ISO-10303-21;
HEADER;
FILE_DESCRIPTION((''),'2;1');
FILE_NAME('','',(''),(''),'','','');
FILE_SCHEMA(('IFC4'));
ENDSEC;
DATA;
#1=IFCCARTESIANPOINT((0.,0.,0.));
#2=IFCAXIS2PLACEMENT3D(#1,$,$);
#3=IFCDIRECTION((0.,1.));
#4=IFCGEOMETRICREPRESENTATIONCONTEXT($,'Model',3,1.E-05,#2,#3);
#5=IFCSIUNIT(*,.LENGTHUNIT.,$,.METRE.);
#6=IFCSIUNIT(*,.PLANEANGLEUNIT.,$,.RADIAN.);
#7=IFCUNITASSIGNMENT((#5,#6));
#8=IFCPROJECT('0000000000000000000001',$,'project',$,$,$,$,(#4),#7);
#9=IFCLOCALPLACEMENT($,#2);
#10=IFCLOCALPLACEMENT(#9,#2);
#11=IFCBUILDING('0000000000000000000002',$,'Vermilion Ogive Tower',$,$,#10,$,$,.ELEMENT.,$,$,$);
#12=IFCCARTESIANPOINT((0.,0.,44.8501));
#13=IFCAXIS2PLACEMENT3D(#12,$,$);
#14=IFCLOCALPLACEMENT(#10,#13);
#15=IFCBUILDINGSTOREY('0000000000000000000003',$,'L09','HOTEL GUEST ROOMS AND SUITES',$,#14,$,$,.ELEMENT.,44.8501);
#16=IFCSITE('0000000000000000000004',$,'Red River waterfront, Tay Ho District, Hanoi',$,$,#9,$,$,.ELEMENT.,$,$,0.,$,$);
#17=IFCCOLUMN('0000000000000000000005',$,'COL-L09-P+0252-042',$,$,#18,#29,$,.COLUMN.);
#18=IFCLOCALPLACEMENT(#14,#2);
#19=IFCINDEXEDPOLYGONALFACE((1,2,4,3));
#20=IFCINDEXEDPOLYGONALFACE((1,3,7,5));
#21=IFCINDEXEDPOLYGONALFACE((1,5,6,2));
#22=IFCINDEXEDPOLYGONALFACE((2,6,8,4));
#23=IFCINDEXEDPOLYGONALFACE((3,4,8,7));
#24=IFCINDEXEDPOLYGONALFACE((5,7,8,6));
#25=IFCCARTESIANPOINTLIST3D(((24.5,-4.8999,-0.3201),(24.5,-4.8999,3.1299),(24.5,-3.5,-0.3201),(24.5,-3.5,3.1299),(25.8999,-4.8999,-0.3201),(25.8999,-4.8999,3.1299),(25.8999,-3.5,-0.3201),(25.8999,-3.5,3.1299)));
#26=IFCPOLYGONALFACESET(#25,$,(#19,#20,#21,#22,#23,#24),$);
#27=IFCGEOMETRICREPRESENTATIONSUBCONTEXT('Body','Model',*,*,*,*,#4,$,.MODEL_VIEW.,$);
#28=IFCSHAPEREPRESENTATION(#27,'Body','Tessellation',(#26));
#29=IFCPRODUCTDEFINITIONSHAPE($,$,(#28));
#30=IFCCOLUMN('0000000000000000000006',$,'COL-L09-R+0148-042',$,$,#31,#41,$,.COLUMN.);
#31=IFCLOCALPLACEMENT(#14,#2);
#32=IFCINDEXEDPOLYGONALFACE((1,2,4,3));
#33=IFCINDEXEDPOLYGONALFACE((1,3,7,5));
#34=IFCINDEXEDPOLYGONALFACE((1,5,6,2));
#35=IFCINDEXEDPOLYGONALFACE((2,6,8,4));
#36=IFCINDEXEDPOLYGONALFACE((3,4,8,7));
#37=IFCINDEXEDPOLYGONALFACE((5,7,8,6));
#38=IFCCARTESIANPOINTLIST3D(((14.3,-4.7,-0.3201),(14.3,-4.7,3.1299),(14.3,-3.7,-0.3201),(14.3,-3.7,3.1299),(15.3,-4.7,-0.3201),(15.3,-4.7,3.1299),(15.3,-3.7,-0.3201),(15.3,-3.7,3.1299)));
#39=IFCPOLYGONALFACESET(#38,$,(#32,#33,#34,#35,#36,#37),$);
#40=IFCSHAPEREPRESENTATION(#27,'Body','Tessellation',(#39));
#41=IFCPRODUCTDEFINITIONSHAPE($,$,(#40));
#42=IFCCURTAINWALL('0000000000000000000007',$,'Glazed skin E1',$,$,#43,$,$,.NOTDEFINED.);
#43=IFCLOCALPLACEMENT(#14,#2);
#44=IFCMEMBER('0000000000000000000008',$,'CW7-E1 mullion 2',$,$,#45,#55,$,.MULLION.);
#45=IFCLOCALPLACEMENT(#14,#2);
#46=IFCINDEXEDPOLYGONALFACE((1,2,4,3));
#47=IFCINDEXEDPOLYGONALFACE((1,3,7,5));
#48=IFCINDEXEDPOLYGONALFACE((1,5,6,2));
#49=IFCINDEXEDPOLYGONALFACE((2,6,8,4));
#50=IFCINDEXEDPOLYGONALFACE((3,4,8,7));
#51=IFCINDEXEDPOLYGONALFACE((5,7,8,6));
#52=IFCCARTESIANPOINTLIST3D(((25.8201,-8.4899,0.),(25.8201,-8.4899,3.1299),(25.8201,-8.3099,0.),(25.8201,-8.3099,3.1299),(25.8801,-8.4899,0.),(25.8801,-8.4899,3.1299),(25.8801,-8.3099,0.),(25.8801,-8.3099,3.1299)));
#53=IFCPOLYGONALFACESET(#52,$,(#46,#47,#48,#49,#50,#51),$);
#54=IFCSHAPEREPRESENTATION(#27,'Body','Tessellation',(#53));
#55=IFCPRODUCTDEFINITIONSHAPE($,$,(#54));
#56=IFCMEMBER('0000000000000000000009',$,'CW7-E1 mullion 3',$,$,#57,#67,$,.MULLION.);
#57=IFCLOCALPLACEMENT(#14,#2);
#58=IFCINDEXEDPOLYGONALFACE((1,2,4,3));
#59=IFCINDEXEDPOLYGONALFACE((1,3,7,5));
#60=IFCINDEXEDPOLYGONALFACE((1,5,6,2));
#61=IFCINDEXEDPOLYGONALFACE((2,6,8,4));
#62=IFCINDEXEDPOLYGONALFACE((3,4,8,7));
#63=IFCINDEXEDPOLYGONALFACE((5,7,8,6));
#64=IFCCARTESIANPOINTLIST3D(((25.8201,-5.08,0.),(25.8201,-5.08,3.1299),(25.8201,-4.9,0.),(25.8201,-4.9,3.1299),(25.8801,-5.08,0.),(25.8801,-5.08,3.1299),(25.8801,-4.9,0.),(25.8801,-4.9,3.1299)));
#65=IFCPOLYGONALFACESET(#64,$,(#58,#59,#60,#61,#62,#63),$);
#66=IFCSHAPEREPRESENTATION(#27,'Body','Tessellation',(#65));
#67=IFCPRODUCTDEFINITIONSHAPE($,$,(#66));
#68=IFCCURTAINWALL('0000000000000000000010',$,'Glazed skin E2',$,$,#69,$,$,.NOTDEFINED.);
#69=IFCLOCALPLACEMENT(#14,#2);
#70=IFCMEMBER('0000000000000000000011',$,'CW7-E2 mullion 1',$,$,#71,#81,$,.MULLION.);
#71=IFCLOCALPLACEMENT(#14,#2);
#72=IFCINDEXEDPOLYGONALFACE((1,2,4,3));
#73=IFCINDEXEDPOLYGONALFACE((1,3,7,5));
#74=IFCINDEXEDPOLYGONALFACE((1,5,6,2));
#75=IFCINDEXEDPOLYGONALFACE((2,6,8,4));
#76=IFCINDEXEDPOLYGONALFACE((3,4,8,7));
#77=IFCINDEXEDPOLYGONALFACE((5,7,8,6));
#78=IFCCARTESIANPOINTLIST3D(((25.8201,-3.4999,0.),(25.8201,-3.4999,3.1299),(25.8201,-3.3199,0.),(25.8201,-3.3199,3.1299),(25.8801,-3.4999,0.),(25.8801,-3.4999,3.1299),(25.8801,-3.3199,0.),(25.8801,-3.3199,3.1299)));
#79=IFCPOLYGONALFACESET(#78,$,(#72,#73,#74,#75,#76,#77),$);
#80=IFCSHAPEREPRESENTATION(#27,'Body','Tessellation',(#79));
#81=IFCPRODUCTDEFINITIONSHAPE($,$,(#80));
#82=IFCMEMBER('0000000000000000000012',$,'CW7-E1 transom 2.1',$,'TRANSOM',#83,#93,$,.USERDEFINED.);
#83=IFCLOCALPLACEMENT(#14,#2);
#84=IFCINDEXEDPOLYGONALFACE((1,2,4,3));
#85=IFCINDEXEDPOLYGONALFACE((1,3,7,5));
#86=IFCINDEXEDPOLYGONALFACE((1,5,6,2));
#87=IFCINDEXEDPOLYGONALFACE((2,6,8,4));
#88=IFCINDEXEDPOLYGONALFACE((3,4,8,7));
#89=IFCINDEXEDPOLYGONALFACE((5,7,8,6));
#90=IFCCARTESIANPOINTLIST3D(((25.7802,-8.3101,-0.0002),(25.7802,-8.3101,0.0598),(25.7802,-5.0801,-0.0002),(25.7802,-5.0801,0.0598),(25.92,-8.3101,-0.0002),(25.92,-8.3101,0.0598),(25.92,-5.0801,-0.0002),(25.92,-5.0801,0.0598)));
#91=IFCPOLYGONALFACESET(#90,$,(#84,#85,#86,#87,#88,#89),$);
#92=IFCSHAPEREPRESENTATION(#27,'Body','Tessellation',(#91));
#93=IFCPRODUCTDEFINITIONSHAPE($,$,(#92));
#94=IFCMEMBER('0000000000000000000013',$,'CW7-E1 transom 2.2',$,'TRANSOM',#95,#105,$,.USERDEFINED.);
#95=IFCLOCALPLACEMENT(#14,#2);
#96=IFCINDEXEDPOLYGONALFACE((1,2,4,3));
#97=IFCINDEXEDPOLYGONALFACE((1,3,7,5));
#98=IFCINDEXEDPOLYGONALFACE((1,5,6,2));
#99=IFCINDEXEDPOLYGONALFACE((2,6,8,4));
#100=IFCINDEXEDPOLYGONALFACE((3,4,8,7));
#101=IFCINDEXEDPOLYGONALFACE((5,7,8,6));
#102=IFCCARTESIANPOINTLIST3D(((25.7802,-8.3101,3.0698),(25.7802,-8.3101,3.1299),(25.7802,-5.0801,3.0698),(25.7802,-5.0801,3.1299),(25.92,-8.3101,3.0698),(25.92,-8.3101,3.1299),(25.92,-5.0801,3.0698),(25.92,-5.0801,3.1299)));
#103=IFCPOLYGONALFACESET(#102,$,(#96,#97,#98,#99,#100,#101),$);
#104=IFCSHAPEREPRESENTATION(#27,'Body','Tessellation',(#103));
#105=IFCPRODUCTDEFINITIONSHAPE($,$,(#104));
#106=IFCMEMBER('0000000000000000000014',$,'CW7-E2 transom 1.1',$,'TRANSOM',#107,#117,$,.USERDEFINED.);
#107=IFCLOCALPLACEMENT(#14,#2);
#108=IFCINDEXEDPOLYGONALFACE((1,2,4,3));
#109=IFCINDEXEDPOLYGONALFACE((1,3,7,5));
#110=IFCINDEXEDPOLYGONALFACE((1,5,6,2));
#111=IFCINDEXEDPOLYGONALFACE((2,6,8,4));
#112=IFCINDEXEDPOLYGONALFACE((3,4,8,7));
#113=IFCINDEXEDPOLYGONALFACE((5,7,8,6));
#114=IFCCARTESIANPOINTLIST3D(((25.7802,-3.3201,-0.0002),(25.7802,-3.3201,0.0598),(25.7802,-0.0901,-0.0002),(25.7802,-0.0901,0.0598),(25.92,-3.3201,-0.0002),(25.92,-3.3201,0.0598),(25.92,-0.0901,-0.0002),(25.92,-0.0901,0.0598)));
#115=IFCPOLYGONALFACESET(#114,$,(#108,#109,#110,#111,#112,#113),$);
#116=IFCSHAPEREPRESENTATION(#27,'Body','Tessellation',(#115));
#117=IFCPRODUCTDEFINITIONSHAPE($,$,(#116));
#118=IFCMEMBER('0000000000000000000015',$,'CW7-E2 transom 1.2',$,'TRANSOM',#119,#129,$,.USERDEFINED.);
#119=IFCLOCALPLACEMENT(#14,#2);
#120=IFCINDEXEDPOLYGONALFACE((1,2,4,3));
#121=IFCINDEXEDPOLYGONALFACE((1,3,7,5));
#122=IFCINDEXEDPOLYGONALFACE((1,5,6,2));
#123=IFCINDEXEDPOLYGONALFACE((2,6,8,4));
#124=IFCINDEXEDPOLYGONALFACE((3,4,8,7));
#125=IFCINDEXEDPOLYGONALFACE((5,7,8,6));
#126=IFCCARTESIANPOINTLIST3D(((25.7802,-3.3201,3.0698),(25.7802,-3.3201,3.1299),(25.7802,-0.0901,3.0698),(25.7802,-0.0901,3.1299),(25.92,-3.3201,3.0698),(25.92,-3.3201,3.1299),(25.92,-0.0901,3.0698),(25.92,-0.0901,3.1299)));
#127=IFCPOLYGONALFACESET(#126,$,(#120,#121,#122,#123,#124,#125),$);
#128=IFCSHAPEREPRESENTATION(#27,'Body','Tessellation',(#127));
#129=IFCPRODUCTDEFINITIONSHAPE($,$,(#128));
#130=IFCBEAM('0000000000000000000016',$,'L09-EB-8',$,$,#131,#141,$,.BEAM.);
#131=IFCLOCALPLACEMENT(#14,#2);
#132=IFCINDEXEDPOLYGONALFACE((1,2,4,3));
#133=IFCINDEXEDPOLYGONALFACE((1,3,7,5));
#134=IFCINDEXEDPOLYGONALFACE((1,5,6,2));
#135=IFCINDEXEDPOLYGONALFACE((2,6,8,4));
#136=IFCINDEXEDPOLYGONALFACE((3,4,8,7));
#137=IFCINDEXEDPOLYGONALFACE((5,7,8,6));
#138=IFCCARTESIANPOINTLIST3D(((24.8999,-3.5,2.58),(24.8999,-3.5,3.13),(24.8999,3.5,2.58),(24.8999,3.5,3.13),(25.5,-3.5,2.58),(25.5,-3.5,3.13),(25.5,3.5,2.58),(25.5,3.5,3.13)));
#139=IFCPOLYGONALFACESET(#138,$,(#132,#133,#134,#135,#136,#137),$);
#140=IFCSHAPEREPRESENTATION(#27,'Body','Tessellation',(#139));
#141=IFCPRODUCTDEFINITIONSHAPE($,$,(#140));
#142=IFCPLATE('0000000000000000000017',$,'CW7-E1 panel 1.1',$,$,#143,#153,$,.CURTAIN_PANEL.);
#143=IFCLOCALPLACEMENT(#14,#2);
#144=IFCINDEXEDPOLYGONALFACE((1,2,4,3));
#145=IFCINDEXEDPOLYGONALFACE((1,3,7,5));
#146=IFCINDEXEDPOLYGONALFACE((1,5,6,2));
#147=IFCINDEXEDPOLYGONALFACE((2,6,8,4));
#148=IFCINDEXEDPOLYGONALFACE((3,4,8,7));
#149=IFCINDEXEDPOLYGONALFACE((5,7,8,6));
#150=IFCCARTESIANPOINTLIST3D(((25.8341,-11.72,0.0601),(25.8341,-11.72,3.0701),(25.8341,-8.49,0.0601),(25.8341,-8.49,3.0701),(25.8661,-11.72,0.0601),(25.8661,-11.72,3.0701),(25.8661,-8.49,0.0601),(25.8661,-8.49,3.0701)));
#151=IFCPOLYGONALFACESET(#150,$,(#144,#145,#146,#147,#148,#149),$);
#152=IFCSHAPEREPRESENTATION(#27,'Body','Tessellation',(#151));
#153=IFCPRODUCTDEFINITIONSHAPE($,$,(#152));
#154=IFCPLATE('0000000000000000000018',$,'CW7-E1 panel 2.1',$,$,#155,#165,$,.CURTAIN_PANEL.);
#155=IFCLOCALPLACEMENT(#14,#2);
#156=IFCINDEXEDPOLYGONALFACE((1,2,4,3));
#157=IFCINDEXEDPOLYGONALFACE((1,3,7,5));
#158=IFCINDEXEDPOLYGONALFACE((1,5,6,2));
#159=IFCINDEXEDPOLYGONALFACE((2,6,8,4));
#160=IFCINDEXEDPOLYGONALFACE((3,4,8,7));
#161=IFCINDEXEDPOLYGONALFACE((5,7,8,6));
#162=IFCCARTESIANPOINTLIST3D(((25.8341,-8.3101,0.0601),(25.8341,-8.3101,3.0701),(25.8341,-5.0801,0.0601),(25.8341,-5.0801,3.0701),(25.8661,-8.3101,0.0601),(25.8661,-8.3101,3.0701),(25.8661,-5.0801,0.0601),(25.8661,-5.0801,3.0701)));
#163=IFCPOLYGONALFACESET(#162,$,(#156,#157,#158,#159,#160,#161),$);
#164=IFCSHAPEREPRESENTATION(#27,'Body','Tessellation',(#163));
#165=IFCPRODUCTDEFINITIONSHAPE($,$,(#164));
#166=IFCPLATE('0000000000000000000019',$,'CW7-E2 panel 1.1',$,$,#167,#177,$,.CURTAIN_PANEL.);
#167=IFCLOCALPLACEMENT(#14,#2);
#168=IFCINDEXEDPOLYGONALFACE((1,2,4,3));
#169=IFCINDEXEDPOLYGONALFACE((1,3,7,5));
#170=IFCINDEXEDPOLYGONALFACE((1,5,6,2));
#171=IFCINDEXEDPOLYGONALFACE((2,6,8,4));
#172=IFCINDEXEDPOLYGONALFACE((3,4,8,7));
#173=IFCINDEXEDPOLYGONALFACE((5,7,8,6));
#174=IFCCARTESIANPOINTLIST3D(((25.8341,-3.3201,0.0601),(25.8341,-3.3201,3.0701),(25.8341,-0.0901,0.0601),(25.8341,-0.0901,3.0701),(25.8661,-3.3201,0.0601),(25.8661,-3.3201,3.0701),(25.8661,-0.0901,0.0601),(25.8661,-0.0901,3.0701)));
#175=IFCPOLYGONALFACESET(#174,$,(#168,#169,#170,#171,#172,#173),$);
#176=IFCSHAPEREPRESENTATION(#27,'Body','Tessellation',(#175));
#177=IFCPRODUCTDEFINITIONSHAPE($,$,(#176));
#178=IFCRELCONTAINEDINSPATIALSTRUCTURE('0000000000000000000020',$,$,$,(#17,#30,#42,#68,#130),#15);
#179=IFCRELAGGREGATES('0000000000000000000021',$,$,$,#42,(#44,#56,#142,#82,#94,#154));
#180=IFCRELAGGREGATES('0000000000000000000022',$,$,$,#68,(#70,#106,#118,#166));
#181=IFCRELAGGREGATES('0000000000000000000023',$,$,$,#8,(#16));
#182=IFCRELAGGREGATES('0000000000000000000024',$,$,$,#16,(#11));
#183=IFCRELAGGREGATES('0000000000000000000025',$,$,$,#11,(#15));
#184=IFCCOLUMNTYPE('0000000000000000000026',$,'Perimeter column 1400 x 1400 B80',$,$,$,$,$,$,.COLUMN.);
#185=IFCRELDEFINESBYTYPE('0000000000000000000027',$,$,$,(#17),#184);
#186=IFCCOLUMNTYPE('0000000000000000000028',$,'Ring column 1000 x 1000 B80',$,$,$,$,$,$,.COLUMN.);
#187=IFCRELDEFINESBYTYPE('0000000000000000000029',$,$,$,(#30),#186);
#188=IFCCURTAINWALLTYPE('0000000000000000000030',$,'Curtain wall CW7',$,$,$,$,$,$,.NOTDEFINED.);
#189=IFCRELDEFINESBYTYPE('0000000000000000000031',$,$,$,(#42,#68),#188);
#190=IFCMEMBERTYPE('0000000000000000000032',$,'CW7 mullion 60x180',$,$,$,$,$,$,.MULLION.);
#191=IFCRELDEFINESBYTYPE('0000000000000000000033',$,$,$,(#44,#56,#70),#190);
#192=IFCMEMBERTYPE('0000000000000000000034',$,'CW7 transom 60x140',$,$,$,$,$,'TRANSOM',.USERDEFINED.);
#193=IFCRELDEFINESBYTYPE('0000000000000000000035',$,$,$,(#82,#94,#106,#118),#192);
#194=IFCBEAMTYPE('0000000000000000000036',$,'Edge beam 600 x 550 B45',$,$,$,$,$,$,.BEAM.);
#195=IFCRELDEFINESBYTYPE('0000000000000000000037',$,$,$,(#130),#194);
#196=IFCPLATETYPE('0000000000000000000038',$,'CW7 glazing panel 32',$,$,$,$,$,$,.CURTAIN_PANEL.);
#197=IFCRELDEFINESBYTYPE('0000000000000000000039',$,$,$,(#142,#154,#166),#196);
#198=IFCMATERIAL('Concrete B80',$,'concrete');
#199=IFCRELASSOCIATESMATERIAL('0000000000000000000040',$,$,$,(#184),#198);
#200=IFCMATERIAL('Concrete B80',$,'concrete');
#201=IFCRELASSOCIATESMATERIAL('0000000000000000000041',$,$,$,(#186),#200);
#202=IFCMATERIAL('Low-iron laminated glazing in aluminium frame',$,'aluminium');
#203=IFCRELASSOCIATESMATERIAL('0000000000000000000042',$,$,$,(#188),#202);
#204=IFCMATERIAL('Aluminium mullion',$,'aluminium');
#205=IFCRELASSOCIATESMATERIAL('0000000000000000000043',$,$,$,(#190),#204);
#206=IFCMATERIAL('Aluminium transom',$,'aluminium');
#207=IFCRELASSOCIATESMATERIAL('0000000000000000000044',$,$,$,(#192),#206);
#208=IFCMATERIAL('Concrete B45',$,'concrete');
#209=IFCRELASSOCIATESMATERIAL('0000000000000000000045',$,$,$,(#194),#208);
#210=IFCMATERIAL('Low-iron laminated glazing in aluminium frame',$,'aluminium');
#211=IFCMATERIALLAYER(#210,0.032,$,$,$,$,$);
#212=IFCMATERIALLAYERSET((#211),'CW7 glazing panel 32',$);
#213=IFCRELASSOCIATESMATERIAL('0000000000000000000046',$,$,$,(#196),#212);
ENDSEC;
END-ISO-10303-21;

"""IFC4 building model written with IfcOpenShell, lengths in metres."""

from ifc_helpers import new_model, si_unit, direction, frame, origin, origin_2d, place, context, subcontext, project, spatial, rectangle, extrude, material, layer, layer_set, material_profile, profile_set, type_object, element, aggregate, save


model = new_model("IFC4")

# Units and contexts
model_context = context("Model", 3, precision=1e-05, world=origin(), true_north=direction((0.0, 1.0)))
body_context = subcontext(model_context, "Body", "Model", "MODEL_VIEW")
ifc_project = project(units=[si_unit("LENGTHUNIT", "METRE"), si_unit("PLANEANGLEUNIT", "RADIAN")], contexts=[model_context])

# Site, building, storey
site_placement = place(None, origin())
site = spatial("IfcSite", under=ifc_project, at=site_placement, Name="Red River waterfront, Tay Ho District, Hanoi", CompositionType="ELEMENT", RefElevation=0.0)
building_placement = place(site_placement, origin())
building = spatial("IfcBuilding", under=site, at=building_placement, Name="Vermilion Ogive Tower", CompositionType="ELEMENT")
storey_placement = place(building_placement, frame((0.0, 0.0, 44.8501)))
storey = spatial("IfcBuildingStorey", under=building, at=storey_placement, Name="L09", Description="HOTEL GUEST ROOMS AND SUITES", CompositionType="ELEMENT", Elevation=44.8501)

# Columns
ifc_material_1 = material(Name="Concrete B80", Category="concrete")
ifc_material_profile_1 = material_profile(ifc_material_1, rectangle(XDim=1.3999, YDim=1.3999, at=origin_2d()), Name="1400 x 1400")
ifc_profile_set_1 = profile_set([ifc_material_profile_1], Name="Concrete B80")
column_type_1 = type_object("IfcColumnType", Name="Perimeter column 1400 x 1400 B80", PredefinedType="COLUMN", material=ifc_profile_set_1)
column_1_placement = place(storey_placement, frame((25.2, -4.2, -0.3201), z_axis=(0.0, 0.0, 1.0), x_axis=(1.0, 0.0, 0.0)))
element("IfcColumn", 1, at=column_1_placement, inside=storey, type_object=column_type_1, Name="COL-L09-P+0252-042", PredefinedType="COLUMN", context=body_context, shape_type="SweptSolid", body=[
    extrude(rectangle(XDim=1.3999, YDim=1.3999, at=origin_2d()), origin(), (0.0, 0.0, 1.0), 3.45),
])
ifc_material_2 = material(Name="Concrete B80", Category="concrete")
ifc_material_profile_2 = material_profile(ifc_material_2, rectangle(XDim=1.0, YDim=1.0, at=origin_2d()), Name="1000 x 1000")
ifc_profile_set_2 = profile_set([ifc_material_profile_2], Name="Concrete B80")
column_type_2 = type_object("IfcColumnType", Name="Ring column 1000 x 1000 B80", PredefinedType="COLUMN", material=ifc_profile_set_2)
column_2_placement = place(storey_placement, frame((14.8, -4.2, -0.3201), z_axis=(0.0, 0.0, 1.0), x_axis=(1.0, 0.0, 0.0)))
element("IfcColumn", 2, at=column_2_placement, inside=storey, type_object=column_type_2, Name="COL-L09-R+0148-042", PredefinedType="COLUMN", context=body_context, shape_type="SweptSolid", body=[
    extrude(rectangle(XDim=1.0, YDim=1.0, at=origin_2d()), origin(), (0.0, 0.0, 1.0), 3.45),
])

# Curtain wall, members
ifc_material_3 = material(Name="Low-iron laminated glazing in aluminium frame", Category="aluminium")
curtain_wall_type = type_object("IfcCurtainWallType", Name="Curtain wall CW7", PredefinedType="NOTDEFINED", material=ifc_material_3)
curtain_wall_1_placement = place(storey_placement, origin())
curtain_wall_1 = element("IfcCurtainWall", 3, at=curtain_wall_1_placement, inside=storey, type_object=curtain_wall_type, Name="Glazed skin E1", PredefinedType="NOTDEFINED")
ifc_material_4 = material(Name="Aluminium mullion", Category="aluminium")
ifc_material_profile_3 = material_profile(ifc_material_4, rectangle(XDim=0.0601, YDim=0.1799, at=origin_2d()), Name="AL 60x180")
ifc_profile_set_3 = profile_set([ifc_material_profile_3], Name="Aluminium mullion")
member_type_1 = type_object("IfcMemberType", Name="CW7 mullion 60x180", PredefinedType="MULLION", material=ifc_profile_set_3)
member_1_placement = place(storey_placement, frame((25.8501, -8.3999, 0.0), z_axis=(0.0, 0.0, 1.0), x_axis=(-1.0, 0.0, 0.0)))
member_1 = element("IfcMember", 4, at=member_1_placement, type_object=member_type_1, Name="CW7-E1 mullion 2", PredefinedType="MULLION", context=body_context, shape_type="SweptSolid", body=[
    extrude(rectangle(XDim=0.0601, YDim=0.1799, at=origin_2d()), origin(), (0.0, 0.0, 1.0), 3.1299),
])
member_2_placement = place(storey_placement, frame((25.8501, -4.99, 0.0), z_axis=(0.0, 0.0, 1.0), x_axis=(-1.0, 0.0, 0.0)))
member_2 = element("IfcMember", 5, at=member_2_placement, type_object=member_type_1, Name="CW7-E1 mullion 3", PredefinedType="MULLION", context=body_context, shape_type="SweptSolid", body=[
    extrude(rectangle(XDim=0.0601, YDim=0.1799, at=origin_2d()), origin(), (0.0, 0.0, 1.0), 3.1299),
])

# Curtain wall, member
curtain_wall_2_placement = place(storey_placement, origin())
curtain_wall_2 = element("IfcCurtainWall", 6, at=curtain_wall_2_placement, inside=storey, type_object=curtain_wall_type, Name="Glazed skin E2", PredefinedType="NOTDEFINED")
member_3_placement = place(storey_placement, frame((25.8501, -3.4099, 0.0), z_axis=(0.0, 0.0, 1.0), x_axis=(-1.0, 0.0, 0.0)))
member_3 = element("IfcMember", 7, at=member_3_placement, type_object=member_type_1, Name="CW7-E2 mullion 1", PredefinedType="MULLION", context=body_context, shape_type="SweptSolid", body=[
    extrude(rectangle(XDim=0.0601, YDim=0.1799, at=origin_2d()), origin(), (0.0, 0.0, 1.0), 3.1299),
])

# Members
ifc_material_5 = material(Name="Aluminium transom", Category="aluminium")
ifc_material_profile_4 = material_profile(ifc_material_5, rectangle(XDim=0.1399, YDim=0.0601, at=origin_2d()), Name="AL 60x140")
ifc_profile_set_4 = profile_set([ifc_material_profile_4], Name="Aluminium transom")
member_type_2 = type_object("IfcMemberType", Name="CW7 transom 60x140", ElementType="TRANSOM", PredefinedType="USERDEFINED", material=ifc_profile_set_4)
member_4_placement = place(storey_placement, frame((25.8501, -8.3101, 0.0298), z_axis=(0.0, 1.0, 0.0), x_axis=(-1.0, 0.0, 0.0)))
member_4 = element("IfcMember", 8, at=member_4_placement, type_object=member_type_2, Name="CW7-E1 transom 2.1", ObjectType="TRANSOM", PredefinedType="USERDEFINED", context=body_context, shape_type="SweptSolid", body=[
    extrude(rectangle(XDim=0.1399, YDim=0.0601, at=origin_2d()), origin(), (0.0, 0.0, 1.0), 3.23),
])
member_5_placement = place(storey_placement, frame((25.8501, -8.3101, 3.0999), z_axis=(0.0, 1.0, 0.0), x_axis=(-1.0, 0.0, 0.0)))
member_5 = element("IfcMember", 9, at=member_5_placement, type_object=member_type_2, Name="CW7-E1 transom 2.2", ObjectType="TRANSOM", PredefinedType="USERDEFINED", context=body_context, shape_type="SweptSolid", body=[
    extrude(rectangle(XDim=0.1399, YDim=0.0601, at=origin_2d()), origin(), (0.0, 0.0, 1.0), 3.23),
])
member_6_placement = place(storey_placement, frame((25.8501, -3.3201, 0.0298), z_axis=(0.0, 1.0, 0.0), x_axis=(-1.0, 0.0, 0.0)))
member_6 = element("IfcMember", 10, at=member_6_placement, type_object=member_type_2, Name="CW7-E2 transom 1.1", ObjectType="TRANSOM", PredefinedType="USERDEFINED", context=body_context, shape_type="SweptSolid", body=[
    extrude(rectangle(XDim=0.1399, YDim=0.0601, at=origin_2d()), origin(), (0.0, 0.0, 1.0), 3.23),
])
member_7_placement = place(storey_placement, frame((25.8501, -3.3201, 3.0999), z_axis=(0.0, 1.0, 0.0), x_axis=(-1.0, 0.0, 0.0)))
member_7 = element("IfcMember", 11, at=member_7_placement, type_object=member_type_2, Name="CW7-E2 transom 1.2", ObjectType="TRANSOM", PredefinedType="USERDEFINED", context=body_context, shape_type="SweptSolid", body=[
    extrude(rectangle(XDim=0.1399, YDim=0.0601, at=origin_2d()), origin(), (0.0, 0.0, 1.0), 3.23),
])

# Beam
ifc_material_6 = material(Name="Concrete B45", Category="concrete")
ifc_material_profile_5 = material_profile(ifc_material_6, rectangle(XDim=0.6001, YDim=0.55, at=origin_2d()), Name="600 x 550")
ifc_profile_set_5 = profile_set([ifc_material_profile_5], Name="Concrete B45")
beam_type = type_object("IfcBeamType", Name="Edge beam 600 x 550 B45", PredefinedType="BEAM", material=ifc_profile_set_5)
beam_placement = place(storey_placement, frame((25.2, -3.5, 2.855), z_axis=(0.0, 1.0, 0.0), x_axis=(-1.0, 0.0, 0.0)))
element("IfcBeam", 12, at=beam_placement, inside=storey, type_object=beam_type, Name="L09-EB-8", PredefinedType="BEAM", context=body_context, shape_type="SweptSolid", body=[
    extrude(rectangle(XDim=0.6001, YDim=0.55, at=origin_2d()), origin(), (0.0, 0.0, 1.0), 7.0),
])

# Plates
ifc_material_7 = material(Name="Low-iron laminated glazing in aluminium frame", Category="aluminium")
ifc_layer_1 = layer(ifc_material_7, 0.032)
ifc_layer_set_1 = layer_set([ifc_layer_1], Name="CW7 glazing panel 32")
plate_type = type_object("IfcPlateType", Name="CW7 glazing panel 32", PredefinedType="CURTAIN_PANEL", material=ifc_layer_set_1)
plate_1_placement = place(storey_placement, frame((25.8501, -10.105, 0.0601), z_axis=(0.0, 0.0, 1.0), x_axis=(0.0, 1.0, 0.0)))
plate_1 = element("IfcPlate", 13, at=plate_1_placement, type_object=plate_type, Name="CW7-E1 panel 1.1", PredefinedType="CURTAIN_PANEL", context=body_context, shape_type="SweptSolid", body=[
    extrude(rectangle(XDim=3.23, YDim=0.032, at=origin_2d()), origin(), (0.0, 0.0, 1.0), 3.01),
])
plate_2_placement = place(storey_placement, frame((25.8501, -6.6951, 0.0601), z_axis=(0.0, 0.0, 1.0), x_axis=(0.0, 1.0, 0.0)))
plate_2 = element("IfcPlate", 14, at=plate_2_placement, type_object=plate_type, Name="CW7-E1 panel 2.1", PredefinedType="CURTAIN_PANEL", context=body_context, shape_type="SweptSolid", body=[
    extrude(rectangle(XDim=3.23, YDim=0.032, at=origin_2d()), origin(), (0.0, 0.0, 1.0), 3.01),
])
aggregate(curtain_wall_1, [member_1, member_2, plate_1, member_4, member_5, plate_2])
plate_3_placement = place(storey_placement, frame((25.8501, -1.7051, 0.0601), z_axis=(0.0, 0.0, 1.0), x_axis=(0.0, 1.0, 0.0)))
plate_3 = element("IfcPlate", 15, at=plate_3_placement, type_object=plate_type, Name="CW7-E2 panel 1.1", PredefinedType="CURTAIN_PANEL", context=body_context, shape_type="SweptSolid", body=[
    extrude(rectangle(XDim=3.23, YDim=0.032, at=origin_2d()), origin(), (0.0, 0.0, 1.0), 3.01),
])
aggregate(curtain_wall_2, [member_3, member_6, member_7, plate_3])

save(model, "model.ifc")
